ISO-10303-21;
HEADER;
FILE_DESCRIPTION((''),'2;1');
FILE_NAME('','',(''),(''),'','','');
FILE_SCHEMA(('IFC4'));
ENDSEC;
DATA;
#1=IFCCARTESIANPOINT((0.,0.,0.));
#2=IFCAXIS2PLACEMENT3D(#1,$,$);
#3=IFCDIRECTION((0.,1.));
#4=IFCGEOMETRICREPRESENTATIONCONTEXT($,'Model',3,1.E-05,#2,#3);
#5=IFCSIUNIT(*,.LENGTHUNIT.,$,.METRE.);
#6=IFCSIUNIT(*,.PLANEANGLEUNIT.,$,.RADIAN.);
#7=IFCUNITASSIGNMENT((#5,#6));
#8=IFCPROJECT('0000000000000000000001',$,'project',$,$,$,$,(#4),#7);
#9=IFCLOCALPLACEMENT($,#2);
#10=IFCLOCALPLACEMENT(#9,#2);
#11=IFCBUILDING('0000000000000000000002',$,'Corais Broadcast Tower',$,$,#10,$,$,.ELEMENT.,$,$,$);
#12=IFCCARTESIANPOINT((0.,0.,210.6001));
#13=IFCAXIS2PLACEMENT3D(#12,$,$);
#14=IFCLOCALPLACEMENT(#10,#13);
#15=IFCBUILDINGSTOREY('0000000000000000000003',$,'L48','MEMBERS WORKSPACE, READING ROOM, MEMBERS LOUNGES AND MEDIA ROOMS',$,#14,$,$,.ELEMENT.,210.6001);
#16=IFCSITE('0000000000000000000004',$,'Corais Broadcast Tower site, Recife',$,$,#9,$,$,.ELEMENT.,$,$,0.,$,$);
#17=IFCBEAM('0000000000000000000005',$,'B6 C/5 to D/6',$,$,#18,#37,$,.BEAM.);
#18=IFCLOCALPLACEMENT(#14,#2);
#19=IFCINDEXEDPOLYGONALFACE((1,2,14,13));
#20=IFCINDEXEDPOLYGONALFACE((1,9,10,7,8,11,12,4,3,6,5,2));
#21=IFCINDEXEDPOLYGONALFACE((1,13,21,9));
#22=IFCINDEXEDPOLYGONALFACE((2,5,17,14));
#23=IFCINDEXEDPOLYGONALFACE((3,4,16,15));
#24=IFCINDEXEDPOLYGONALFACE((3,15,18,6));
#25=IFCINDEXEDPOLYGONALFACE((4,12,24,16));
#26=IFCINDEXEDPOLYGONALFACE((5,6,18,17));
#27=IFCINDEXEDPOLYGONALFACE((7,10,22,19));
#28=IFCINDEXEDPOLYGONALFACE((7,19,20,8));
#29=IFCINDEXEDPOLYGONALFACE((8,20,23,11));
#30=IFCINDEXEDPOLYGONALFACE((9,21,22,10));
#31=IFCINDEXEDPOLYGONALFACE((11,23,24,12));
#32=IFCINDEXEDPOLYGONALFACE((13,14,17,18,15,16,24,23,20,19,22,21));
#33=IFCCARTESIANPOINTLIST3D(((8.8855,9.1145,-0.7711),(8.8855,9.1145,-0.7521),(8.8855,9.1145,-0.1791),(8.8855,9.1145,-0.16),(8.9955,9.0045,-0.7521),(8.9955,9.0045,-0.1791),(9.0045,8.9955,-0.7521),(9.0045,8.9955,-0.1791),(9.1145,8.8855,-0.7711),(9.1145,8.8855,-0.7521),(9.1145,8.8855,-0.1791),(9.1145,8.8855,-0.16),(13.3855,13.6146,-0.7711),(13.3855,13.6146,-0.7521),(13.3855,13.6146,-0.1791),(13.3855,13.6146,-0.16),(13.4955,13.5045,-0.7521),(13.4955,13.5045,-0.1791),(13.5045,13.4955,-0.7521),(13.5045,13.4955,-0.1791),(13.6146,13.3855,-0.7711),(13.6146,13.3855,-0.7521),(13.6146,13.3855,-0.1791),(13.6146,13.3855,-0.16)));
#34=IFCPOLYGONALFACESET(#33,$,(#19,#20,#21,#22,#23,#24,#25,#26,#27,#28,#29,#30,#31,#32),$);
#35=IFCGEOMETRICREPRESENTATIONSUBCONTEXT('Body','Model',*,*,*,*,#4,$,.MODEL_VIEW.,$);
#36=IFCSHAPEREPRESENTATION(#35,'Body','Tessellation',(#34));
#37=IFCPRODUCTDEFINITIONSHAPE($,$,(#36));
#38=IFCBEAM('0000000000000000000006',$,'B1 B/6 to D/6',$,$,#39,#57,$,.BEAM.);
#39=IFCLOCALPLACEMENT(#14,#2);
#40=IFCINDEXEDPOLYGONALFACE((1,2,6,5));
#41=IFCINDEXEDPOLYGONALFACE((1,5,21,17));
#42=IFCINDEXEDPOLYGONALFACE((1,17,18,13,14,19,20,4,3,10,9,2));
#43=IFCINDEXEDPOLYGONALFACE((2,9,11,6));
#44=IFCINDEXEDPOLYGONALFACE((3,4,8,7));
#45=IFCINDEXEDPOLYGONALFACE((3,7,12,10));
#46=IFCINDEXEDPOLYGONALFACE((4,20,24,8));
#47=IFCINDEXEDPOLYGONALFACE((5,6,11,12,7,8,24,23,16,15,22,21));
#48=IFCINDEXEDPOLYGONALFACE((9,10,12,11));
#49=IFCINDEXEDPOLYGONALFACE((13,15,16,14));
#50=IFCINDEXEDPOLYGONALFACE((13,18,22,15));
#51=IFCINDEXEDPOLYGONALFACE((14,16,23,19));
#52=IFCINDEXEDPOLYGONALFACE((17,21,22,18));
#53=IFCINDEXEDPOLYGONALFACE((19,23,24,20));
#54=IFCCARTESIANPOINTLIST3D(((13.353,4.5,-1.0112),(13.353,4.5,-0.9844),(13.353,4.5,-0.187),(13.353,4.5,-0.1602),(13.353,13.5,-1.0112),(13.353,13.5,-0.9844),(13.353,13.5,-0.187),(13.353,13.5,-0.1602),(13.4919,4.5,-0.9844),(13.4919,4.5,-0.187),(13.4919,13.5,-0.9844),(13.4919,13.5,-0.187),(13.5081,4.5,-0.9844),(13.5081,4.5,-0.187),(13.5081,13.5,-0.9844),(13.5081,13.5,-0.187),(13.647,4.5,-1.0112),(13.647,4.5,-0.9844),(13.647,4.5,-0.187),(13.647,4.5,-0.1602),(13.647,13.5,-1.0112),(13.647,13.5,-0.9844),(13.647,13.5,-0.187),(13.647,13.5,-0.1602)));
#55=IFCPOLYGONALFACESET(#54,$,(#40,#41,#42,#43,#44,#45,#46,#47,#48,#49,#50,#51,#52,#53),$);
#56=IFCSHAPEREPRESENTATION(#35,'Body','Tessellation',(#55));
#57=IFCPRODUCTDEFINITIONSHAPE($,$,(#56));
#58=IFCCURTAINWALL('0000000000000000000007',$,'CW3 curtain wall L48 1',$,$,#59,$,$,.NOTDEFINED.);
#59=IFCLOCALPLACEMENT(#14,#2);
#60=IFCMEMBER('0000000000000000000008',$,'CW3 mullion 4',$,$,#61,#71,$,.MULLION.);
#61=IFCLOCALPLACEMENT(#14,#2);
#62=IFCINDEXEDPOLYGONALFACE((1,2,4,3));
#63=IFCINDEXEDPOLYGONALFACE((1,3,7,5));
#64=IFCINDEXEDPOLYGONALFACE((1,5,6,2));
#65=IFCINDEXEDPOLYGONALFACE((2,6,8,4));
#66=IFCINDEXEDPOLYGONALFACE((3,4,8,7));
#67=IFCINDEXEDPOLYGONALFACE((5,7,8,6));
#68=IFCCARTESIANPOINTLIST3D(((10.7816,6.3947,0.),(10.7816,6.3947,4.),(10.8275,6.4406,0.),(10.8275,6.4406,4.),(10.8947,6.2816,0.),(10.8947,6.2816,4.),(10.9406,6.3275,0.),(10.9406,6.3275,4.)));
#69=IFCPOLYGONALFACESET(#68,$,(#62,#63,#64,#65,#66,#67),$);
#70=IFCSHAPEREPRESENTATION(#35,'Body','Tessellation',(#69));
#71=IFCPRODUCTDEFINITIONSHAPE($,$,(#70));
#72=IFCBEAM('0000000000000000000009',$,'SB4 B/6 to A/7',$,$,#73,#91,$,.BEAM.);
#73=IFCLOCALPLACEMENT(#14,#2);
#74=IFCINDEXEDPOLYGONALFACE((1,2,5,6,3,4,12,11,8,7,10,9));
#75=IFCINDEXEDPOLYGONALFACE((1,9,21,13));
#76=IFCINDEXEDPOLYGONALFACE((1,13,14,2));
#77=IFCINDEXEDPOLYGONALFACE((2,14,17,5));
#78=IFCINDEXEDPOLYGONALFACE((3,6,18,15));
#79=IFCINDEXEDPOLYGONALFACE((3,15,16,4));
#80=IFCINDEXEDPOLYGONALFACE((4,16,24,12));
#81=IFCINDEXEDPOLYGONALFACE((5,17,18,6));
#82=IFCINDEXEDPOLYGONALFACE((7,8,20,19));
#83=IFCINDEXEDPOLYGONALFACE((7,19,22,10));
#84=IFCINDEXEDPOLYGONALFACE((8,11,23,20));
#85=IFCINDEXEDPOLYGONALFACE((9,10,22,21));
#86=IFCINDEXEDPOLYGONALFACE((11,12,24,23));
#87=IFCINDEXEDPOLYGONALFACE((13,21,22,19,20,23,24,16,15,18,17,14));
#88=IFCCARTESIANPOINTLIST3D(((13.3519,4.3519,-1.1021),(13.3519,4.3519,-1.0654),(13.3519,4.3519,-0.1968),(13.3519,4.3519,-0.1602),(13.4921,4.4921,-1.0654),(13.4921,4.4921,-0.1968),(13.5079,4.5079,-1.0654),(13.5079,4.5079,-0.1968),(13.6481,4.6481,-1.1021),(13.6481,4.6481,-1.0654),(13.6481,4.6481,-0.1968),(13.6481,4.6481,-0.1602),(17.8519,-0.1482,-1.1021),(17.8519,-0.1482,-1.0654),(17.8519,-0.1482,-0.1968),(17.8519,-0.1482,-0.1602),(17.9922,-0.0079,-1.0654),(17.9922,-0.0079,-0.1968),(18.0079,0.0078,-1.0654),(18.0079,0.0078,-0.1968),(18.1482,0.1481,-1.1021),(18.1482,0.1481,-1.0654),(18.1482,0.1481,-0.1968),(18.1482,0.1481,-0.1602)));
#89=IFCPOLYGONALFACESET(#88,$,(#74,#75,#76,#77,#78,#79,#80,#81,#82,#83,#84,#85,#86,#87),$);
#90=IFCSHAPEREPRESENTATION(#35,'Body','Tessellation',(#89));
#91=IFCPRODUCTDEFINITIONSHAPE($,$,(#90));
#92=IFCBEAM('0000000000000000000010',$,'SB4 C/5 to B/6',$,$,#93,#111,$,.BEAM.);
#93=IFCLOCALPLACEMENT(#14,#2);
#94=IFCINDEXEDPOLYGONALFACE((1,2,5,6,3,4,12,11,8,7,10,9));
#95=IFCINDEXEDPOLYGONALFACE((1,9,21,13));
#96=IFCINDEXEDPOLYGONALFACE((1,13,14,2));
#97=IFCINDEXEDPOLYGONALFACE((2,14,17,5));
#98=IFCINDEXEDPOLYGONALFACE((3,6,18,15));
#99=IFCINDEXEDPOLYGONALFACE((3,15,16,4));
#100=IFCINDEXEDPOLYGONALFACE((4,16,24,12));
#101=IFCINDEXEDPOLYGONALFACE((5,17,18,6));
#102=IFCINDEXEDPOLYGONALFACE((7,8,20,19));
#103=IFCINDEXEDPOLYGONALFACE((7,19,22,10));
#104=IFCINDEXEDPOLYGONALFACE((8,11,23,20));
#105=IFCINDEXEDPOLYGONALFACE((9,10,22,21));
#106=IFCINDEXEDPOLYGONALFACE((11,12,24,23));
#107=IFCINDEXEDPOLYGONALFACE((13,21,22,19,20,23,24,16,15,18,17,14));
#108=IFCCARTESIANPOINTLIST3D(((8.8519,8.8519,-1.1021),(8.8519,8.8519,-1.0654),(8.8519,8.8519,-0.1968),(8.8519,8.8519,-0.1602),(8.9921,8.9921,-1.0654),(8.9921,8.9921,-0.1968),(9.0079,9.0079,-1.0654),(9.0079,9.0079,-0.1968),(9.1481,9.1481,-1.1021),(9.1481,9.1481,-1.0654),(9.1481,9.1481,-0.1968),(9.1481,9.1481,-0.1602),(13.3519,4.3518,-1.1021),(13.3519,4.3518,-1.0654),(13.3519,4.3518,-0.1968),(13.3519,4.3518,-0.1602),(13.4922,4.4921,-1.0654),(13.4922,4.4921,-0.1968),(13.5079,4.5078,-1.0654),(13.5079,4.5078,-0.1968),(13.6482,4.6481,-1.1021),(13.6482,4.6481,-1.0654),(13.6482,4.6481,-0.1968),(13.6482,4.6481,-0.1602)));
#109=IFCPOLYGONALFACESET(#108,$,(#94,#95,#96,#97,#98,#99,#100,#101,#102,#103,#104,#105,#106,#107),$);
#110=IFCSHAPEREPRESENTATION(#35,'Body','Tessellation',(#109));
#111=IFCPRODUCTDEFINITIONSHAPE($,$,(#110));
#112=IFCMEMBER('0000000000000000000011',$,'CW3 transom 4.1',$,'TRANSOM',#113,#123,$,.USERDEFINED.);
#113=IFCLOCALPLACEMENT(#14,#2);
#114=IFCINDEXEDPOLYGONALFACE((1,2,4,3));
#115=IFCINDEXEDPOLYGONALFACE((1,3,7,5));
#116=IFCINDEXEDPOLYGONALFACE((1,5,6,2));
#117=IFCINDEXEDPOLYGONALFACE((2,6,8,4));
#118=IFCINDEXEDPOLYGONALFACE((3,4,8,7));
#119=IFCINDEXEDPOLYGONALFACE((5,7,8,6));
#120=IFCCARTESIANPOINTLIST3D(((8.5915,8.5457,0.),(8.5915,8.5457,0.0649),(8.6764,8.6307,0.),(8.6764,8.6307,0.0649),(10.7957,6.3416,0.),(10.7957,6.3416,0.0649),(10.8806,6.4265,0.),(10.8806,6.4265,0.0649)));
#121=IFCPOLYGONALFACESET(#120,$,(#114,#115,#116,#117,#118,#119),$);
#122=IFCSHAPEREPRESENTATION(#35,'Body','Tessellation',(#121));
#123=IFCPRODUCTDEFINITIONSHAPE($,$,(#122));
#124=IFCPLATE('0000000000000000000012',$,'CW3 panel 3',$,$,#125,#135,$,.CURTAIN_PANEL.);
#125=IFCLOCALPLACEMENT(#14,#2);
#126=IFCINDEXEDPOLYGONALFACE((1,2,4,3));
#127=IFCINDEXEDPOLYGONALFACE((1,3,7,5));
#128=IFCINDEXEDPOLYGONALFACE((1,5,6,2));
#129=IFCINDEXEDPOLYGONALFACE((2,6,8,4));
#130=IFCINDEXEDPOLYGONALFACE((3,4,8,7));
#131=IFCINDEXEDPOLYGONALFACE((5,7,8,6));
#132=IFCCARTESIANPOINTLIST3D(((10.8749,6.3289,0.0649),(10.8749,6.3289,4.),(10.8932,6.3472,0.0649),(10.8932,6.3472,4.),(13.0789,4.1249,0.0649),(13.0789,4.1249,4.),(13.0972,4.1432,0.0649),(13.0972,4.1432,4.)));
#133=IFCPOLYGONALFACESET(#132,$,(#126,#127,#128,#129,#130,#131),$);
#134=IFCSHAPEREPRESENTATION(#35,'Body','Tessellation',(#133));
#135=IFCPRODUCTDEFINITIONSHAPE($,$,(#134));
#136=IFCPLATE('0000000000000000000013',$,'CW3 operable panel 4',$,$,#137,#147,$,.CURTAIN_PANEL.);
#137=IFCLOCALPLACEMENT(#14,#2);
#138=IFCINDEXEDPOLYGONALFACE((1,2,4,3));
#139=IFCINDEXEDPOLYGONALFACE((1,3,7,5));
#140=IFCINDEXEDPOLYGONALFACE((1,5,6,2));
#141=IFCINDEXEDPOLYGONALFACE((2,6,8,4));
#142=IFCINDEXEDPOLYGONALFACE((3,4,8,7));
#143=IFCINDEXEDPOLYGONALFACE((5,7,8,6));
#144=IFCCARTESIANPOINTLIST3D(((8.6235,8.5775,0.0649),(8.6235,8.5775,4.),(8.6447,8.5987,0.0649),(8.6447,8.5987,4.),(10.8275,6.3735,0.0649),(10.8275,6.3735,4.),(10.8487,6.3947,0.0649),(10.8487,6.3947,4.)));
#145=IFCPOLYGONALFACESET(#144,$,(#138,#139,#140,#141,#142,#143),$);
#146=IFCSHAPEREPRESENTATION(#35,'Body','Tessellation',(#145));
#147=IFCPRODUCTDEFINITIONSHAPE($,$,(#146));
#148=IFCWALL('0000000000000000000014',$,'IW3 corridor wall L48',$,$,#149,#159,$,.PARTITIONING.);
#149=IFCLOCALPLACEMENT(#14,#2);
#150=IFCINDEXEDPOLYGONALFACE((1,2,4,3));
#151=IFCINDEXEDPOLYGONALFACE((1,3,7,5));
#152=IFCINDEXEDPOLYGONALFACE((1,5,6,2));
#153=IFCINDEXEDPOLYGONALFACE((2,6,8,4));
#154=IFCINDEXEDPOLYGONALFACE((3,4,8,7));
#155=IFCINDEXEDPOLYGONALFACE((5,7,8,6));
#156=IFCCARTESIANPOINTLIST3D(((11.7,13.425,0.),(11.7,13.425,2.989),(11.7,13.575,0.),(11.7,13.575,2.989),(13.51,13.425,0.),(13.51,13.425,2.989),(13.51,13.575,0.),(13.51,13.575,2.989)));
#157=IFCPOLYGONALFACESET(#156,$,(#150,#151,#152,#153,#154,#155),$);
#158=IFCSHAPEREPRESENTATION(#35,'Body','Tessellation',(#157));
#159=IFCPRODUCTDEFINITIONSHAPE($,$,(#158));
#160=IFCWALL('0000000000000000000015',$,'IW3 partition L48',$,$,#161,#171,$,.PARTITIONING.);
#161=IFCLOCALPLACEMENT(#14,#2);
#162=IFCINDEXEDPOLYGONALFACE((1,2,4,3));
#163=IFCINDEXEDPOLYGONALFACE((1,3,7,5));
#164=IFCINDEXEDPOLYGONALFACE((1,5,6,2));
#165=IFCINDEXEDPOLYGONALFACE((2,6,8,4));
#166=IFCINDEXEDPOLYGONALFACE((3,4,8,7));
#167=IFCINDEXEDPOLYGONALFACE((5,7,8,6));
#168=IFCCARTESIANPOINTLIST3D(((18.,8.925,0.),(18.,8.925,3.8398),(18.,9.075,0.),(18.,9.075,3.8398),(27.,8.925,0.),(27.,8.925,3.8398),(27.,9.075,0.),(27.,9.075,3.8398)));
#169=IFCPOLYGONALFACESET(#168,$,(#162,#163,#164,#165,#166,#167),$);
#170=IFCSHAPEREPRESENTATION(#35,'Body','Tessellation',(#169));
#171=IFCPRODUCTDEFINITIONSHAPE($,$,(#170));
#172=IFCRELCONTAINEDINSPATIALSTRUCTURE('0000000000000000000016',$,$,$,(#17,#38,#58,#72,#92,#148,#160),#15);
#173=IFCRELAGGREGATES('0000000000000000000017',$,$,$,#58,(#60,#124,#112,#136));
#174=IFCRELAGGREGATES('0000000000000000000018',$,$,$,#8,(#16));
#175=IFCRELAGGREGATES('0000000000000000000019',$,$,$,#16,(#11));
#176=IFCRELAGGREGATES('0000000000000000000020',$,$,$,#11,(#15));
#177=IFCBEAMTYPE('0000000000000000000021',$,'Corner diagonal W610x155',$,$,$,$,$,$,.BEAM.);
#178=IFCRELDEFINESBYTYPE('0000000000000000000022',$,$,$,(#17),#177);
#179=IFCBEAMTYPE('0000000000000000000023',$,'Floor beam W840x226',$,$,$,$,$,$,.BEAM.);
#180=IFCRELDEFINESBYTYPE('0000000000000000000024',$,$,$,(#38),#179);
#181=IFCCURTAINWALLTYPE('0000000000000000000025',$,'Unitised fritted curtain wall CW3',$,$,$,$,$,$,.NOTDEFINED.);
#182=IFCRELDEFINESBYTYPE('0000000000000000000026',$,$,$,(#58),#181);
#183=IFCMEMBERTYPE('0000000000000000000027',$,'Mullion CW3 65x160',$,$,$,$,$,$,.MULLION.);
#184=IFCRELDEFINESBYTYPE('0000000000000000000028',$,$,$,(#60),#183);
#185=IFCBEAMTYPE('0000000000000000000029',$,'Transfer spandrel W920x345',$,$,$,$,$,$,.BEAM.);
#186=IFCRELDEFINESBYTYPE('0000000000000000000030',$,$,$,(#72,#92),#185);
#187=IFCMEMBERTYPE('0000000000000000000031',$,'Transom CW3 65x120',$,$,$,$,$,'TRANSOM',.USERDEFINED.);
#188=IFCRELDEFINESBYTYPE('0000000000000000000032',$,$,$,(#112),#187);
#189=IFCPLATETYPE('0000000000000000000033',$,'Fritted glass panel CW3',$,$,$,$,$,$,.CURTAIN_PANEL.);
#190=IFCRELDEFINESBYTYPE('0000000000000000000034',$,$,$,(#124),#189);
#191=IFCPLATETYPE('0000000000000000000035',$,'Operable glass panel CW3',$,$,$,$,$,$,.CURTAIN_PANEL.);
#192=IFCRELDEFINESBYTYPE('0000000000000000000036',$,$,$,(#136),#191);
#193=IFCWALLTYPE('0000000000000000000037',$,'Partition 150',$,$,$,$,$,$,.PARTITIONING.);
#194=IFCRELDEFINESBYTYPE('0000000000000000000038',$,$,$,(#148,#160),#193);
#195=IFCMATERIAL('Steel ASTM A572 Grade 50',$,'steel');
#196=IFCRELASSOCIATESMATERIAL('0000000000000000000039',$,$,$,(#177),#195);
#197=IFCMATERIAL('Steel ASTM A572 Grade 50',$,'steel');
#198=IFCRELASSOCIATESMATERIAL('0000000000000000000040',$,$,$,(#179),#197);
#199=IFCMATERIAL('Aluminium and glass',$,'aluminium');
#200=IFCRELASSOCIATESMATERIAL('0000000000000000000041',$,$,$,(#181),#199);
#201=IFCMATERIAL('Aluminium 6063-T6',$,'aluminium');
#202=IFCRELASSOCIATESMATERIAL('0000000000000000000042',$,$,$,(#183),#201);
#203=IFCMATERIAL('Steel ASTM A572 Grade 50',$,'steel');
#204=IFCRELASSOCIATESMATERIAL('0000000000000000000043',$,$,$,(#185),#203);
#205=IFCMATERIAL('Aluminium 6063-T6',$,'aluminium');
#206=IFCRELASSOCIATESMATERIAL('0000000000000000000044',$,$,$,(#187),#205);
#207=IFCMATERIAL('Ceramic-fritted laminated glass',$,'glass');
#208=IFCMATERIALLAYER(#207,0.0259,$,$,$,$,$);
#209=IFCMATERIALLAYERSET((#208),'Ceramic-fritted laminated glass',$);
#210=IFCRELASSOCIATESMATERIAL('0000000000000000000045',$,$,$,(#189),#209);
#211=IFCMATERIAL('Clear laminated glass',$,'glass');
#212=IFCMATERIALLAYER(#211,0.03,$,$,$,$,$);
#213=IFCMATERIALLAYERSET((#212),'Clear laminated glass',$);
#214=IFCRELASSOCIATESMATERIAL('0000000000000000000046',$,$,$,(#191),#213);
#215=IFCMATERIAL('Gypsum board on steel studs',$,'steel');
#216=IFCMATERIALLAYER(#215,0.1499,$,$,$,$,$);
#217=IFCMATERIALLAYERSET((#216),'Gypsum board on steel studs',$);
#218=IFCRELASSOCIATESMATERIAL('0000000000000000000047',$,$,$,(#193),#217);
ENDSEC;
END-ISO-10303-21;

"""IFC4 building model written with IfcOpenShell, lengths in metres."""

from ifc_helpers import new_model, si_unit, direction, frame, frame_2d, origin, origin_2d, place, context, subcontext, project, spatial, rectangle, i_section, extrude, material, layer, layer_set, material_profile, profile_set, type_object, element, aggregate, save


model = new_model("IFC4")

# Units and contexts
model_context = context("Model", 3, precision=1e-05, world=origin(), true_north=direction((0.0, 1.0)))
body_context = subcontext(model_context, "Body", "Model", "MODEL_VIEW")
ifc_project = project(units=[si_unit("LENGTHUNIT", "METRE"), si_unit("PLANEANGLEUNIT", "RADIAN")], contexts=[model_context])

# Site, building, storey
site_placement = place(None, origin())
site = spatial("IfcSite", under=ifc_project, at=site_placement, Name="Corais Broadcast Tower site, Recife", CompositionType="ELEMENT", RefElevation=0.0)
building_placement = place(site_placement, origin())
building = spatial("IfcBuilding", under=site, at=building_placement, Name="Corais Broadcast Tower", CompositionType="ELEMENT")
storey_placement = place(building_placement, frame((0.0, 0.0, 210.6001)))
storey = spatial("IfcBuildingStorey", under=building, at=storey_placement, Name="L48", Description="MEMBERS WORKSPACE, READING ROOM, MEMBERS LOUNGES AND MEDIA ROOMS", CompositionType="ELEMENT", Elevation=210.6001)

# Beams
ifc_material_1 = material(Name="Steel ASTM A572 Grade 50", Category="steel")
ifc_material_profile_1 = material_profile(ifc_material_1, i_section(OverallWidth=0.324, OverallDepth=0.6111, WebThickness=0.0127, FlangeThickness=0.019, at=origin_2d()), Name="W610x155")
ifc_profile_set_1 = profile_set([ifc_material_profile_1], Name="Steel ASTM A572 Grade 50")
beam_type_1 = type_object("IfcBeamType", Name="Corner diagonal W610x155", PredefinedType="BEAM", material=ifc_profile_set_1)
beam_1_placement = place(storey_placement, frame((9.0, 9.0, -0.4656), z_axis=(0.707107, 0.707107, 0.0), x_axis=(-0.707107, 0.707107, 0.0)))
element("IfcBeam", 1, at=beam_1_placement, inside=storey, type_object=beam_type_1, Name="B6 C/5 to D/6", PredefinedType="BEAM", context=body_context, shape_type="SweptSolid", body=[
    extrude(i_section(OverallWidth=0.324, OverallDepth=0.6111, WebThickness=0.0127, FlangeThickness=0.019, at=origin_2d()), origin(), (0.0, 0.0, 1.0), 6.364),
])
ifc_material_2 = material(Name="Steel ASTM A572 Grade 50", Category="steel")
ifc_material_profile_2 = material_profile(ifc_material_2, i_section(OverallWidth=0.2939, OverallDepth=0.8511, WebThickness=0.0161, FlangeThickness=0.0269, at=origin_2d()), Name="W840x226")
ifc_profile_set_2 = profile_set([ifc_material_profile_2], Name="Steel ASTM A572 Grade 50")
beam_type_2 = type_object("IfcBeamType", Name="Floor beam W840x226", PredefinedType="BEAM", material=ifc_profile_set_2)
beam_2_placement = place(storey_placement, frame((13.5, 4.5, -0.5857), z_axis=(0.0, 1.0, 0.0), x_axis=(-1.0, 0.0, 0.0)))
element("IfcBeam", 2, at=beam_2_placement, inside=storey, type_object=beam_type_2, Name="B1 B/6 to D/6", PredefinedType="BEAM", context=body_context, shape_type="SweptSolid", body=[
    extrude(i_section(OverallWidth=0.2939, OverallDepth=0.8511, WebThickness=0.0161, FlangeThickness=0.0269, at=origin_2d()), origin(), (0.0, 0.0, 1.0), 9.0),
])

# Curtain wall, member
ifc_material_3 = material(Name="Aluminium and glass", Category="aluminium")
curtain_wall_type = type_object("IfcCurtainWallType", Name="Unitised fritted curtain wall CW3", PredefinedType="NOTDEFINED", material=ifc_material_3)
curtain_wall_placement = place(storey_placement, origin())
curtain_wall = element("IfcCurtainWall", 3, at=curtain_wall_placement, inside=storey, type_object=curtain_wall_type, Name="CW3 curtain wall L48 1", PredefinedType="NOTDEFINED")
ifc_material_4 = material(Name="Aluminium 6063-T6", Category="aluminium")
ifc_material_profile_3 = material_profile(ifc_material_4, rectangle(XDim=0.0649, YDim=0.1599, at=origin_2d()), Name="Mullion CW3 65x160")
ifc_profile_set_3 = profile_set([ifc_material_profile_3], Name="Aluminium 6063-T6")
member_type_1 = type_object("IfcMemberType", Name="Mullion CW3 65x160", PredefinedType="MULLION", material=ifc_profile_set_3)
member_1_placement = place(storey_placement, frame((10.8611, 6.3611, 0.0), z_axis=(0.0, 0.0, 1.0), x_axis=(-0.707107, -0.707107, 0.0)))
member_1 = element("IfcMember", 4, at=member_1_placement, type_object=member_type_1, Name="CW3 mullion 4", PredefinedType="MULLION", context=body_context, shape_type="SweptSolid", body=[
    extrude(rectangle(XDim=0.0649, YDim=0.1599, at=origin_2d()), origin(), (0.0, 0.0, 1.0), 4.0),
])

# Beams
ifc_material_5 = material(Name="Steel ASTM A572 Grade 50", Category="steel")
ifc_material_profile_4 = material_profile(ifc_material_5, i_section(OverallWidth=0.4189, OverallDepth=0.9419, WebThickness=0.0222, FlangeThickness=0.0366, at=origin_2d()), Name="W920x345")
ifc_profile_set_4 = profile_set([ifc_material_profile_4], Name="Steel ASTM A572 Grade 50")
beam_type_3 = type_object("IfcBeamType", Name="Transfer spandrel W920x345", PredefinedType="BEAM", material=ifc_profile_set_4)
for number, where, z_axis, x_axis, name in (
    (5, (13.5, 4.5, -0.6311), (0.707107, -0.707107, 0.0), (0.707107, 0.707107, 0.0), "SB4 B/6 to A/7"),
    (6, (9.0, 9.0, -0.6311), (0.707107, -0.707107, 0.0), (0.707107, 0.707107, 0.0), "SB4 C/5 to B/6"),
):
    element("IfcBeam", number, at=place(storey_placement, frame(where, z_axis=z_axis, x_axis=x_axis)), inside=storey, type_object=beam_type_3, Name=name, PredefinedType="BEAM", context=body_context, shape_type="SweptSolid", body=[
        extrude(i_section(OverallWidth=0.4189, OverallDepth=0.9419, WebThickness=0.0222, FlangeThickness=0.0366, at=origin_2d()), origin(), (0.0, 0.0, 1.0), 6.364),
    ])

# Member
ifc_material_6 = material(Name="Aluminium 6063-T6", Category="aluminium")
ifc_material_profile_5 = material_profile(ifc_material_6, rectangle(XDim=0.1201, YDim=0.0649, at=origin_2d()), Name="Transom CW3 65x120")
ifc_profile_set_5 = profile_set([ifc_material_profile_5], Name="Aluminium 6063-T6")
member_type_2 = type_object("IfcMemberType", Name="Transom CW3 65x120", ElementType="TRANSOM", PredefinedType="USERDEFINED", material=ifc_profile_set_5)
member_2_placement = place(storey_placement, frame((10.8381, 6.384, 0.0325), z_axis=(-0.707107, 0.707107, 0.0), x_axis=(-0.707107, -0.707107, 0.0)))
member_2 = element("IfcMember", 7, at=member_2_placement, type_object=member_type_2, Name="CW3 transom 4.1", ObjectType="TRANSOM", PredefinedType="USERDEFINED", context=body_context, shape_type="SweptSolid", body=[
    extrude(rectangle(XDim=0.1201, YDim=0.0649, at=origin_2d()), origin(), (0.0, 0.0, 1.0), 3.1172),
])

# Plates
ifc_material_7 = material(Name="Ceramic-fritted laminated glass", Category="glass")
ifc_layer_1 = layer(ifc_material_7, 0.0259)
ifc_layer_set_1 = layer_set([ifc_layer_1], Name="Ceramic-fritted laminated glass")
plate_type_1 = type_object("IfcPlateType", Name="Fritted glass panel CW3", PredefinedType="CURTAIN_PANEL", material=ifc_layer_set_1)
plate_1_placement = place(storey_placement, frame((11.9861, 5.2361, 0.0649), z_axis=(0.0, 0.0, 1.0), x_axis=(-0.707107, 0.707107, 0.0)))
plate_1 = element("IfcPlate", 8, at=plate_1_placement, type_object=plate_type_1, Name="CW3 panel 3", PredefinedType="CURTAIN_PANEL", context=body_context, shape_type="SweptSolid", body=[
    extrude(rectangle(XDim=3.1169, YDim=0.0259, at=origin_2d()), origin(), (0.0, 0.0, 1.0), 3.9351),
])
ifc_material_8 = material(Name="Clear laminated glass", Category="glass")
ifc_layer_2 = layer(ifc_material_8, 0.03)
ifc_layer_set_2 = layer_set([ifc_layer_2], Name="Clear laminated glass")
plate_type_2 = type_object("IfcPlateType", Name="Operable glass panel CW3", PredefinedType="CURTAIN_PANEL", material=ifc_layer_set_2)
plate_2_placement = place(storey_placement, frame((9.7361, 7.4861, 0.0649), z_axis=(0.0, 0.0, 1.0), x_axis=(-0.707107, 0.707107, 0.0)))
plate_2 = element("IfcPlate", 9, at=plate_2_placement, type_object=plate_type_2, Name="CW3 operable panel 4", PredefinedType="CURTAIN_PANEL", context=body_context, shape_type="SweptSolid", body=[
    extrude(rectangle(XDim=3.1169, YDim=0.03, at=origin_2d()), origin(), (0.0, 0.0, 1.0), 3.9351),
])
aggregate(curtain_wall, [member_1, plate_1, member_2, plate_2])

# Walls
ifc_material_9 = material(Name="Gypsum board on steel studs", Category="steel")
ifc_layer_3 = layer(ifc_material_9, 0.1499)
ifc_layer_set_3 = layer_set([ifc_layer_3], Name="Gypsum board on steel studs")
wall_type = type_object("IfcWallType", Name="Partition 150", PredefinedType="PARTITIONING", material=ifc_layer_set_3)
wall_1_placement = place(storey_placement, frame((11.7, 13.5, 0.0), z_axis=(0.0, 0.0, 1.0), x_axis=(1.0, 0.0, 0.0)))
element("IfcWall", 10, at=wall_1_placement, inside=storey, type_object=wall_type, Name="IW3 corridor wall L48", PredefinedType="PARTITIONING", context=body_context, shape_type="SweptSolid", body=[
    extrude(rectangle(XDim=1.8101, YDim=0.1499, at=frame_2d((0.905, 0.0))), origin(), (0.0, 0.0, 1.0), 2.989),
])
wall_2_placement = place(storey_placement, frame((18.0, 9.0, 0.0), z_axis=(0.0, 0.0, 1.0), x_axis=(1.0, 0.0, 0.0)))
element("IfcWall", 11, at=wall_2_placement, inside=storey, type_object=wall_type, Name="IW3 partition L48", PredefinedType="PARTITIONING", context=body_context, shape_type="SweptSolid", body=[
    extrude(rectangle(XDim=9.0, YDim=0.1499, at=frame_2d((4.5, 0.0))), origin(), (0.0, 0.0, 1.0), 3.8398),
])

save(model, "model.ifc")
